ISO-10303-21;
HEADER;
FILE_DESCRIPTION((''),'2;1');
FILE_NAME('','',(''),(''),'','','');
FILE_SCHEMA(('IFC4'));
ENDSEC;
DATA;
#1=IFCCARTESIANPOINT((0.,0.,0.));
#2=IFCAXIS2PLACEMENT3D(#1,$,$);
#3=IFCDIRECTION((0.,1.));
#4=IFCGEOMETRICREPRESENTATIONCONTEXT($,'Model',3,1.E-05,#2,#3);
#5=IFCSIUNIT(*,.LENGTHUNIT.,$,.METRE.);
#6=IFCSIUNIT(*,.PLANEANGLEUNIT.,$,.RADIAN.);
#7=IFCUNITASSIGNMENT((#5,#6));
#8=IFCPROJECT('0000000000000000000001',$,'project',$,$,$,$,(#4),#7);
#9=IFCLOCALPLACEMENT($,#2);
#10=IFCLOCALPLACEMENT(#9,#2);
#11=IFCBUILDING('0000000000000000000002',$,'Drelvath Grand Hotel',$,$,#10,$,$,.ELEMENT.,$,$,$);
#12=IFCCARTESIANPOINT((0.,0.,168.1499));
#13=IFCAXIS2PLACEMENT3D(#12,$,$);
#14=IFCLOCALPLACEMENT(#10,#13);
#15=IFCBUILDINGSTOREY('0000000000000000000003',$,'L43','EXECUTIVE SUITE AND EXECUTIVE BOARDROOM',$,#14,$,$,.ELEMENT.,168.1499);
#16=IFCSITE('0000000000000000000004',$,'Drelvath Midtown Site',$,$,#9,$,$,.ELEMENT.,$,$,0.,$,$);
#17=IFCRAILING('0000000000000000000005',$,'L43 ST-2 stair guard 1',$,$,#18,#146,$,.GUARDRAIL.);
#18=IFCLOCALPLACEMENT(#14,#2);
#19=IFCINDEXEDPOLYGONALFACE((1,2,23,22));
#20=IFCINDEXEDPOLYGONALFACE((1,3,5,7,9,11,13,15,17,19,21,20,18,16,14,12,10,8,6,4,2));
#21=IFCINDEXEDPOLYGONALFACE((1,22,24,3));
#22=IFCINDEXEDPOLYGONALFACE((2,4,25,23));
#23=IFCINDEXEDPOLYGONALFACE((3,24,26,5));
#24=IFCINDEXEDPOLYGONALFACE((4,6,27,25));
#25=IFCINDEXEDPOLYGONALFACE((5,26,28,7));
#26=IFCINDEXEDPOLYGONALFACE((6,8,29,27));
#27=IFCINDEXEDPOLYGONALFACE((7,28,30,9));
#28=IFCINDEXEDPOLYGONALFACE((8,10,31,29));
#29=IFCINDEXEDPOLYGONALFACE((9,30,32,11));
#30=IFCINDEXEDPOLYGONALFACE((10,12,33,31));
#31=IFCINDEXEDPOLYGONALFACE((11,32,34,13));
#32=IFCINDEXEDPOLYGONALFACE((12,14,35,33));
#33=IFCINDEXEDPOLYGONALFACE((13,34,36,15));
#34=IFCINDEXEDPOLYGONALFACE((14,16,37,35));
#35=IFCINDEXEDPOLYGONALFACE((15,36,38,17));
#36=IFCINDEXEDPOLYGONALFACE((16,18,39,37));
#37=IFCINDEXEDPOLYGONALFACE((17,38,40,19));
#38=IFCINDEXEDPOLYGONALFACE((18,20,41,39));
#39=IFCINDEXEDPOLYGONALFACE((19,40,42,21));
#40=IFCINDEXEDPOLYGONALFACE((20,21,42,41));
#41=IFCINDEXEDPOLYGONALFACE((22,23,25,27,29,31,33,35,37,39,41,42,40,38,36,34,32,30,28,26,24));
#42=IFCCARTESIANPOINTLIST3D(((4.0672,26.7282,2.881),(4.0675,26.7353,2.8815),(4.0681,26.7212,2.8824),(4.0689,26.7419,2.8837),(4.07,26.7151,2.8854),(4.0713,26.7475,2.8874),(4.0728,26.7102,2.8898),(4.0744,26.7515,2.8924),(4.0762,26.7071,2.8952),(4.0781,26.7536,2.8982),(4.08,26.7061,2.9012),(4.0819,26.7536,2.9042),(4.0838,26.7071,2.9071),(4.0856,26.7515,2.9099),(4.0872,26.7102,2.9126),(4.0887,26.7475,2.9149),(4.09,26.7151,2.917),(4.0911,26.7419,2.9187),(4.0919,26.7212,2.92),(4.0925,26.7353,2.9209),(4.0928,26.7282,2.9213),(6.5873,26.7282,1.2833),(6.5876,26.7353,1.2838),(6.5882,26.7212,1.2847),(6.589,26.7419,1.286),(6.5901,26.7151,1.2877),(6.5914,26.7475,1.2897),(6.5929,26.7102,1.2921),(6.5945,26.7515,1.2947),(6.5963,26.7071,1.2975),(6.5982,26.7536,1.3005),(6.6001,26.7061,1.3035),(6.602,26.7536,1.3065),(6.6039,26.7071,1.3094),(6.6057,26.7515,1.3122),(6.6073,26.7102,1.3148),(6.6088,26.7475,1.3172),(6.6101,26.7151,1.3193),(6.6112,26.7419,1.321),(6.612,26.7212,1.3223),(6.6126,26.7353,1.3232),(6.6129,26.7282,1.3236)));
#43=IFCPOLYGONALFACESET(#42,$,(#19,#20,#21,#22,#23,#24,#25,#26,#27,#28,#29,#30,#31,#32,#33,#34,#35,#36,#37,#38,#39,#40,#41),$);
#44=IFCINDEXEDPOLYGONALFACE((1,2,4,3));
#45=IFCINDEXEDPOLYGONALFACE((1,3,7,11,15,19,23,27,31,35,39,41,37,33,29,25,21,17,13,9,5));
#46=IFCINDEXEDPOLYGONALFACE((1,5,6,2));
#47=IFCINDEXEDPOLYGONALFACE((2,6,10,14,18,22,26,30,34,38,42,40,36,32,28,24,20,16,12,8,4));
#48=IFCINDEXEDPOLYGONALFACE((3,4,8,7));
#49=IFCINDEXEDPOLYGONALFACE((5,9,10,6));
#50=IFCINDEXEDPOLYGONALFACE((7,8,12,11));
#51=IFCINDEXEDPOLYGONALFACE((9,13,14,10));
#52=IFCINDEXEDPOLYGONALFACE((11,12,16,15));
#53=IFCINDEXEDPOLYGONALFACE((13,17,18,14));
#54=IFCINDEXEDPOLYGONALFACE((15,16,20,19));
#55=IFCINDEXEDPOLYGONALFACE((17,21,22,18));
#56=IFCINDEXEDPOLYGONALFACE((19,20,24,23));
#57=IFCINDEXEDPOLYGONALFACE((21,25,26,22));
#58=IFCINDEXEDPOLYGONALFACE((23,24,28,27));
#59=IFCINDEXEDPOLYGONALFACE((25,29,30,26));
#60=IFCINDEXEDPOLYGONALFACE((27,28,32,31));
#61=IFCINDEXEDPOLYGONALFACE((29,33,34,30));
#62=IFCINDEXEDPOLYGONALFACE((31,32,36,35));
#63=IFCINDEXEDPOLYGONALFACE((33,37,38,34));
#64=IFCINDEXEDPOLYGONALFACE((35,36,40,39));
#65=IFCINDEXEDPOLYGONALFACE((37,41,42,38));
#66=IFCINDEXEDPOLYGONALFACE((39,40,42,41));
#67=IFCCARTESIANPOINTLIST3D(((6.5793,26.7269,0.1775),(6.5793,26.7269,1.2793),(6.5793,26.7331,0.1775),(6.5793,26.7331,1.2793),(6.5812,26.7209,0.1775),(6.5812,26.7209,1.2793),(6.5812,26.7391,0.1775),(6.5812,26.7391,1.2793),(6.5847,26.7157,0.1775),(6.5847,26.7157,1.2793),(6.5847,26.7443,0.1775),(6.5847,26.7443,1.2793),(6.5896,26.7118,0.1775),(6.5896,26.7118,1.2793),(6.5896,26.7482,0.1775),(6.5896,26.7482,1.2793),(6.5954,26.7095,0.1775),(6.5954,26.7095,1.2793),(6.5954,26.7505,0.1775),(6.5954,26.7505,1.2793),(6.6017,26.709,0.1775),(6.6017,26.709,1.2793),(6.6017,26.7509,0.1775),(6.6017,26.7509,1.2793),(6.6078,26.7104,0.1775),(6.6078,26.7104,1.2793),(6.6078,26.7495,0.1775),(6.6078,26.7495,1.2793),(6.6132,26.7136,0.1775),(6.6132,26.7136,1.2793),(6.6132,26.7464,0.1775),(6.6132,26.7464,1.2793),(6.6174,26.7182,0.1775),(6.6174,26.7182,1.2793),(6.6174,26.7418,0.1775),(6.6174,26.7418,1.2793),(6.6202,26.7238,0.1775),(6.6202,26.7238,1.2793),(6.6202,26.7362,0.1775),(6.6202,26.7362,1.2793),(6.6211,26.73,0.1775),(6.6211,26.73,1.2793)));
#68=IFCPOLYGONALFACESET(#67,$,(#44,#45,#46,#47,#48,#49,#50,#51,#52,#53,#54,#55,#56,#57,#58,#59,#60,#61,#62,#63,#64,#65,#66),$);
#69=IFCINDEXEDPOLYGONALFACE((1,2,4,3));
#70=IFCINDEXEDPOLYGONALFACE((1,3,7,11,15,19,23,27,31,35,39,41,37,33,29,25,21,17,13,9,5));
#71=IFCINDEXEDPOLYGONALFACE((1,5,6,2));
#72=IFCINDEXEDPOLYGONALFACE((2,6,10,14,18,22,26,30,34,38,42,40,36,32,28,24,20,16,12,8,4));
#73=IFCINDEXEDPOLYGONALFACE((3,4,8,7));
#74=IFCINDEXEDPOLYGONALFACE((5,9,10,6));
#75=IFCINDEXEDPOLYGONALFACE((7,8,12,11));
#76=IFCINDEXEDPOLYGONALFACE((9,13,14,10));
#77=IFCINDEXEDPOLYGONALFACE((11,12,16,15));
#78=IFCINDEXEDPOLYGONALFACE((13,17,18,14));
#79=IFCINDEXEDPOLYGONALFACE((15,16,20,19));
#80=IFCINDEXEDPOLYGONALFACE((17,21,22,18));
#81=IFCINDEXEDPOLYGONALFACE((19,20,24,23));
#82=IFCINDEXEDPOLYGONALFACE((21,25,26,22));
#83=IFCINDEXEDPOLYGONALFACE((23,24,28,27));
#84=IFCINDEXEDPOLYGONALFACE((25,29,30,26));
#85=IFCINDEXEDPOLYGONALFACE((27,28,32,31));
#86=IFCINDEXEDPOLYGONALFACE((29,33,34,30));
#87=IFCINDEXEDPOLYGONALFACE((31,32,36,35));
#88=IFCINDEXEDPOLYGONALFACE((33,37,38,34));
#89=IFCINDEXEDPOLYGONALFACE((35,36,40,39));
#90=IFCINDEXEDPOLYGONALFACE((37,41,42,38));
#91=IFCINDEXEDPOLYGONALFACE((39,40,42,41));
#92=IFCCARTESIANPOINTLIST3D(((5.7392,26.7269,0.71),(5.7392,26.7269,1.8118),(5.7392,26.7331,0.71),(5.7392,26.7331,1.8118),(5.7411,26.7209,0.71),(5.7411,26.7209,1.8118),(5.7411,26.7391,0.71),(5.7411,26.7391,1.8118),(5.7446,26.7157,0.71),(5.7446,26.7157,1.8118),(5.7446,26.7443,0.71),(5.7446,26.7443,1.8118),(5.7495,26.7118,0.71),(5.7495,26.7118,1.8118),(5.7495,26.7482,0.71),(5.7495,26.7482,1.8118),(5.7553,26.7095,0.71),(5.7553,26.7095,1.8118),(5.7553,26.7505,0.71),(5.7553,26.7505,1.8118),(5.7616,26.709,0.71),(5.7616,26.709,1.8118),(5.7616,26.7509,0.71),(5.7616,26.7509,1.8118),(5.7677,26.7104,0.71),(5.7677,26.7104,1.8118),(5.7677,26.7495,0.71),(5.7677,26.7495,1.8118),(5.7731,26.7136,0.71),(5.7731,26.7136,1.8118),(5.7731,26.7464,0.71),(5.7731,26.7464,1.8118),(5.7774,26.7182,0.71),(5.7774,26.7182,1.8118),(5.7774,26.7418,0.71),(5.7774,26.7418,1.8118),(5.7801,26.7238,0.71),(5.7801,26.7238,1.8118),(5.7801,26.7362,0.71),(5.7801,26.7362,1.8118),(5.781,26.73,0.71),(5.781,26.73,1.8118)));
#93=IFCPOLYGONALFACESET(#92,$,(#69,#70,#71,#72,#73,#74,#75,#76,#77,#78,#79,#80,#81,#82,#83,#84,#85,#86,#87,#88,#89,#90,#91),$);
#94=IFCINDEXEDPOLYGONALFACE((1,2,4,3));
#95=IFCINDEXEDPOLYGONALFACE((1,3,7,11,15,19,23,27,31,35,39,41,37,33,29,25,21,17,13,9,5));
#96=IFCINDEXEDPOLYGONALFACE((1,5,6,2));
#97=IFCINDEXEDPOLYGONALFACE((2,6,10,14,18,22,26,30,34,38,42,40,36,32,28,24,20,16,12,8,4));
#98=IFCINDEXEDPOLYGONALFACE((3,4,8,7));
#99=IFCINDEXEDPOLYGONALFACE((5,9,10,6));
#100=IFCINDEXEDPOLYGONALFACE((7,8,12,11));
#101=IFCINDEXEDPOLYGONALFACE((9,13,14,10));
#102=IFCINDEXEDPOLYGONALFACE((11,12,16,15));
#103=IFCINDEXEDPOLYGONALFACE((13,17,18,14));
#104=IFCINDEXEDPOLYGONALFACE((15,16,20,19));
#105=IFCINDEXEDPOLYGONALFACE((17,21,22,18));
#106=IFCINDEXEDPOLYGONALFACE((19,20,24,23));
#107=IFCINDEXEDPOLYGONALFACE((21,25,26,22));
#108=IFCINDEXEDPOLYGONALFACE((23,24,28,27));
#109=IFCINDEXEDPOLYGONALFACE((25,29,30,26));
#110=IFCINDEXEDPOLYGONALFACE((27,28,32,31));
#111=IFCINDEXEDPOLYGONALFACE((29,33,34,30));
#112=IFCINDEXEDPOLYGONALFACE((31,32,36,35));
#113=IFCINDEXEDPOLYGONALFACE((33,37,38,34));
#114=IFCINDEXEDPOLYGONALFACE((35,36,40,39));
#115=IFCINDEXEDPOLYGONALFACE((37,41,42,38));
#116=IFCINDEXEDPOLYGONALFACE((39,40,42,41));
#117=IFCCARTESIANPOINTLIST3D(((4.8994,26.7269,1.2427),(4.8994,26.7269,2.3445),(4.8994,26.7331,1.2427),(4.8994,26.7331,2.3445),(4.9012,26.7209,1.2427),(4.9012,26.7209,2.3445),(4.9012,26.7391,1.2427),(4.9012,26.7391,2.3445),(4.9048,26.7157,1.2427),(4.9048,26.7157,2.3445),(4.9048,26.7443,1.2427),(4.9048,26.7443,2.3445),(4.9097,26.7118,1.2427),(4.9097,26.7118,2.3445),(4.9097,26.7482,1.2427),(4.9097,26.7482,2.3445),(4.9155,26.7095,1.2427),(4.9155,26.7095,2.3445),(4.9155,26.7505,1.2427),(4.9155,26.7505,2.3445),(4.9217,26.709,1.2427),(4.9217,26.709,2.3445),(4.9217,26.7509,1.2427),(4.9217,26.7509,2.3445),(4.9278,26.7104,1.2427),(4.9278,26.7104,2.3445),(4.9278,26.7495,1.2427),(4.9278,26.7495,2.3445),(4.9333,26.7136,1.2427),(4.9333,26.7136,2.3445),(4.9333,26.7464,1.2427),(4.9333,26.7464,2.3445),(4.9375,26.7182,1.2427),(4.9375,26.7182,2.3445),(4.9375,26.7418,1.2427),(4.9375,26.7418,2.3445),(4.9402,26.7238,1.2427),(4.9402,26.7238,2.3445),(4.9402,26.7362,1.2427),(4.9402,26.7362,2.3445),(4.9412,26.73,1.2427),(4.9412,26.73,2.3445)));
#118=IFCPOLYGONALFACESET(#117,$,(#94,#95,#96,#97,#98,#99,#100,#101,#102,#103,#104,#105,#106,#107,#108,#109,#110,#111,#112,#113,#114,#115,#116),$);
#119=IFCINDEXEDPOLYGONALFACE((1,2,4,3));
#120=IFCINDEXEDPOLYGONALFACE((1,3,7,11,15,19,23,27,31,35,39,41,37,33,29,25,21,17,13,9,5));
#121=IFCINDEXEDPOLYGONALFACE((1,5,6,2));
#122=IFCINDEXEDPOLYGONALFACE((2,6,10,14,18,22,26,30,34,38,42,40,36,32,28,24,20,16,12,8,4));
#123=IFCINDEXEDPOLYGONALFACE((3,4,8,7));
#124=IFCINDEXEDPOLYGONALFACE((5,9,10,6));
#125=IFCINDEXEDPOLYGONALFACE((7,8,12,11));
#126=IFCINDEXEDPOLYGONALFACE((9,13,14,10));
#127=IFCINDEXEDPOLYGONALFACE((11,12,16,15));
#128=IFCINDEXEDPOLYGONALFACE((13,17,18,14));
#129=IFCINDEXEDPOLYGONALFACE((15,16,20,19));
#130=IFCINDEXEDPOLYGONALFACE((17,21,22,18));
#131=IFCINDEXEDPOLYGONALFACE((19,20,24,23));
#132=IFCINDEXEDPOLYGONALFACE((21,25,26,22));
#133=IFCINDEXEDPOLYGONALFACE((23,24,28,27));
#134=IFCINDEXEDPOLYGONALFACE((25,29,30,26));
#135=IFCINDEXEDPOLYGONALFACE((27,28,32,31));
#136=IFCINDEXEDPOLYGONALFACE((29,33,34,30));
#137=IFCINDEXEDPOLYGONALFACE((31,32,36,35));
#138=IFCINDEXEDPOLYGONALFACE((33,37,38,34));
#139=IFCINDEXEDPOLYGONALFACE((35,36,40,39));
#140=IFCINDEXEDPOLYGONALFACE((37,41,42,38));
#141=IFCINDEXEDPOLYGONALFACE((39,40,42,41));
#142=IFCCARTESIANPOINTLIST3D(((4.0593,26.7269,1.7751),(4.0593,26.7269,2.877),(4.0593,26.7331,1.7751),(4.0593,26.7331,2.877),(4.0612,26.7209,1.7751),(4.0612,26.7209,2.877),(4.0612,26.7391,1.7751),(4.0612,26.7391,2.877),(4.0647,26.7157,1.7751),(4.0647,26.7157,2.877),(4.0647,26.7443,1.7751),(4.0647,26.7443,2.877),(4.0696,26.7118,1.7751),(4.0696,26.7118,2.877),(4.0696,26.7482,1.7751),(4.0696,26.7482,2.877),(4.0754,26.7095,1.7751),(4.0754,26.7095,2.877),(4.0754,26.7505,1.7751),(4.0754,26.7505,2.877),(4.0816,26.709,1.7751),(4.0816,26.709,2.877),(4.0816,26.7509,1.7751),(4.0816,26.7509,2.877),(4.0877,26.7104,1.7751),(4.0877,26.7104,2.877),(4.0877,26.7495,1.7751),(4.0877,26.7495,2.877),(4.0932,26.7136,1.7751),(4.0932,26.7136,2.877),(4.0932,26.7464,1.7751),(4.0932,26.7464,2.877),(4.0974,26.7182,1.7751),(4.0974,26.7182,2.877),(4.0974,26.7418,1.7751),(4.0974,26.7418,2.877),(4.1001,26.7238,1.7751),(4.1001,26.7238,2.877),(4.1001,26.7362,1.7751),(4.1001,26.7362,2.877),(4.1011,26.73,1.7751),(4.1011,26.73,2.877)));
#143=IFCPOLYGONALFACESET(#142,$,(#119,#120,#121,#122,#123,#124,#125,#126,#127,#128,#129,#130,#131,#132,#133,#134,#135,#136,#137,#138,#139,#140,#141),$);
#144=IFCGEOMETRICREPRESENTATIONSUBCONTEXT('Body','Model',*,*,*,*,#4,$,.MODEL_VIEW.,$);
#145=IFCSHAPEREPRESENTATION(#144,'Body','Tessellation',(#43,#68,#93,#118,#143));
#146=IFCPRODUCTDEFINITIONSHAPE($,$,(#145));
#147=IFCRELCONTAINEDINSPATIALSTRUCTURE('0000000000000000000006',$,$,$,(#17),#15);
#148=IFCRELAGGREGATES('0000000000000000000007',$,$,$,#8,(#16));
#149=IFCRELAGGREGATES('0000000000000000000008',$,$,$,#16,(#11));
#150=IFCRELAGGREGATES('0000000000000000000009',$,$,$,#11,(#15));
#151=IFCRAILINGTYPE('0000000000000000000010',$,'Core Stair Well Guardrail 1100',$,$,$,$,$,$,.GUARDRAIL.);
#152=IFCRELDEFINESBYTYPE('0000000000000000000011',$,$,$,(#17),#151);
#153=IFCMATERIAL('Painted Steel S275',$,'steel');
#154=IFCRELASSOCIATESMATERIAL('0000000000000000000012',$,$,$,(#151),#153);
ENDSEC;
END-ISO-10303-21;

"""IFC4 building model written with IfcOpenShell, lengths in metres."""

from ifc_helpers import new_model, si_unit, direction, frame, origin, origin_2d, place, context, subcontext, project, spatial, circle, extrude, material, type_object, element, save


model = new_model("IFC4")

# Units and contexts
model_context = context("Model", 3, precision=1e-05, world=origin(), true_north=direction((0.0, 1.0)))
body_context = subcontext(model_context, "Body", "Model", "MODEL_VIEW")
ifc_project = project(units=[si_unit("LENGTHUNIT", "METRE"), si_unit("PLANEANGLEUNIT", "RADIAN")], contexts=[model_context])

# Site, building, storey
site_placement = place(None, origin())
site = spatial("IfcSite", under=ifc_project, at=site_placement, Name="Drelvath Midtown Site", CompositionType="ELEMENT", RefElevation=0.0)
building_placement = place(site_placement, origin())
building = spatial("IfcBuilding", under=site, at=building_placement, Name="Drelvath Grand Hotel", CompositionType="ELEMENT")
storey_placement = place(building_placement, frame((0.0, 0.0, 168.1499)))
storey = spatial("IfcBuildingStorey", under=building, at=storey_placement, Name="L43", Description="EXECUTIVE SUITE AND EXECUTIVE BOARDROOM", CompositionType="ELEMENT", Elevation=168.1499)

# Railing
ifc_material_1 = material(Name="Painted Steel S275", Category="steel")
railing_type_1 = type_object("IfcRailingType", Name="Core Stair Well Guardrail 1100", PredefinedType="GUARDRAIL", material=ifc_material_1)
railing_1_placement = place(storey_placement, frame((6.6001, 26.73, 0.1775)))
element("IfcRailing", 1, at=railing_1_placement, inside=storey, type_object=railing_type_1, Name="L43 ST-2 stair guard 1", PredefinedType="GUARDRAIL", context=body_context, shape_type="SweptSolid", body=[
    extrude(circle(Radius=0.0239, at=origin_2d()), frame((0.0, 0.0, 1.126), z_axis=(-0.84457, 0.0, 0.535445), x_axis=(0.0, -1.0, 0.0)), (0.0, 0.0, 1.0), 2.9839),
    extrude(circle(Radius=0.021, at=origin_2d()), origin(), (0.0, 0.0, 1.0), 1.1018),
    extrude(circle(Radius=0.021, at=origin_2d()), frame((-0.8401, 0.0, 0.5325)), (0.0, 0.0, 1.0), 1.1018),
    extrude(circle(Radius=0.021, at=origin_2d()), frame((-1.6799, 0.0, 1.0652)), (0.0, 0.0, 1.0), 1.1018),
    extrude(circle(Radius=0.021, at=origin_2d()), frame((-2.52, 0.0, 1.5977)), (0.0, 0.0, 1.0), 1.1018),
])

save(model, "model.ifc")
